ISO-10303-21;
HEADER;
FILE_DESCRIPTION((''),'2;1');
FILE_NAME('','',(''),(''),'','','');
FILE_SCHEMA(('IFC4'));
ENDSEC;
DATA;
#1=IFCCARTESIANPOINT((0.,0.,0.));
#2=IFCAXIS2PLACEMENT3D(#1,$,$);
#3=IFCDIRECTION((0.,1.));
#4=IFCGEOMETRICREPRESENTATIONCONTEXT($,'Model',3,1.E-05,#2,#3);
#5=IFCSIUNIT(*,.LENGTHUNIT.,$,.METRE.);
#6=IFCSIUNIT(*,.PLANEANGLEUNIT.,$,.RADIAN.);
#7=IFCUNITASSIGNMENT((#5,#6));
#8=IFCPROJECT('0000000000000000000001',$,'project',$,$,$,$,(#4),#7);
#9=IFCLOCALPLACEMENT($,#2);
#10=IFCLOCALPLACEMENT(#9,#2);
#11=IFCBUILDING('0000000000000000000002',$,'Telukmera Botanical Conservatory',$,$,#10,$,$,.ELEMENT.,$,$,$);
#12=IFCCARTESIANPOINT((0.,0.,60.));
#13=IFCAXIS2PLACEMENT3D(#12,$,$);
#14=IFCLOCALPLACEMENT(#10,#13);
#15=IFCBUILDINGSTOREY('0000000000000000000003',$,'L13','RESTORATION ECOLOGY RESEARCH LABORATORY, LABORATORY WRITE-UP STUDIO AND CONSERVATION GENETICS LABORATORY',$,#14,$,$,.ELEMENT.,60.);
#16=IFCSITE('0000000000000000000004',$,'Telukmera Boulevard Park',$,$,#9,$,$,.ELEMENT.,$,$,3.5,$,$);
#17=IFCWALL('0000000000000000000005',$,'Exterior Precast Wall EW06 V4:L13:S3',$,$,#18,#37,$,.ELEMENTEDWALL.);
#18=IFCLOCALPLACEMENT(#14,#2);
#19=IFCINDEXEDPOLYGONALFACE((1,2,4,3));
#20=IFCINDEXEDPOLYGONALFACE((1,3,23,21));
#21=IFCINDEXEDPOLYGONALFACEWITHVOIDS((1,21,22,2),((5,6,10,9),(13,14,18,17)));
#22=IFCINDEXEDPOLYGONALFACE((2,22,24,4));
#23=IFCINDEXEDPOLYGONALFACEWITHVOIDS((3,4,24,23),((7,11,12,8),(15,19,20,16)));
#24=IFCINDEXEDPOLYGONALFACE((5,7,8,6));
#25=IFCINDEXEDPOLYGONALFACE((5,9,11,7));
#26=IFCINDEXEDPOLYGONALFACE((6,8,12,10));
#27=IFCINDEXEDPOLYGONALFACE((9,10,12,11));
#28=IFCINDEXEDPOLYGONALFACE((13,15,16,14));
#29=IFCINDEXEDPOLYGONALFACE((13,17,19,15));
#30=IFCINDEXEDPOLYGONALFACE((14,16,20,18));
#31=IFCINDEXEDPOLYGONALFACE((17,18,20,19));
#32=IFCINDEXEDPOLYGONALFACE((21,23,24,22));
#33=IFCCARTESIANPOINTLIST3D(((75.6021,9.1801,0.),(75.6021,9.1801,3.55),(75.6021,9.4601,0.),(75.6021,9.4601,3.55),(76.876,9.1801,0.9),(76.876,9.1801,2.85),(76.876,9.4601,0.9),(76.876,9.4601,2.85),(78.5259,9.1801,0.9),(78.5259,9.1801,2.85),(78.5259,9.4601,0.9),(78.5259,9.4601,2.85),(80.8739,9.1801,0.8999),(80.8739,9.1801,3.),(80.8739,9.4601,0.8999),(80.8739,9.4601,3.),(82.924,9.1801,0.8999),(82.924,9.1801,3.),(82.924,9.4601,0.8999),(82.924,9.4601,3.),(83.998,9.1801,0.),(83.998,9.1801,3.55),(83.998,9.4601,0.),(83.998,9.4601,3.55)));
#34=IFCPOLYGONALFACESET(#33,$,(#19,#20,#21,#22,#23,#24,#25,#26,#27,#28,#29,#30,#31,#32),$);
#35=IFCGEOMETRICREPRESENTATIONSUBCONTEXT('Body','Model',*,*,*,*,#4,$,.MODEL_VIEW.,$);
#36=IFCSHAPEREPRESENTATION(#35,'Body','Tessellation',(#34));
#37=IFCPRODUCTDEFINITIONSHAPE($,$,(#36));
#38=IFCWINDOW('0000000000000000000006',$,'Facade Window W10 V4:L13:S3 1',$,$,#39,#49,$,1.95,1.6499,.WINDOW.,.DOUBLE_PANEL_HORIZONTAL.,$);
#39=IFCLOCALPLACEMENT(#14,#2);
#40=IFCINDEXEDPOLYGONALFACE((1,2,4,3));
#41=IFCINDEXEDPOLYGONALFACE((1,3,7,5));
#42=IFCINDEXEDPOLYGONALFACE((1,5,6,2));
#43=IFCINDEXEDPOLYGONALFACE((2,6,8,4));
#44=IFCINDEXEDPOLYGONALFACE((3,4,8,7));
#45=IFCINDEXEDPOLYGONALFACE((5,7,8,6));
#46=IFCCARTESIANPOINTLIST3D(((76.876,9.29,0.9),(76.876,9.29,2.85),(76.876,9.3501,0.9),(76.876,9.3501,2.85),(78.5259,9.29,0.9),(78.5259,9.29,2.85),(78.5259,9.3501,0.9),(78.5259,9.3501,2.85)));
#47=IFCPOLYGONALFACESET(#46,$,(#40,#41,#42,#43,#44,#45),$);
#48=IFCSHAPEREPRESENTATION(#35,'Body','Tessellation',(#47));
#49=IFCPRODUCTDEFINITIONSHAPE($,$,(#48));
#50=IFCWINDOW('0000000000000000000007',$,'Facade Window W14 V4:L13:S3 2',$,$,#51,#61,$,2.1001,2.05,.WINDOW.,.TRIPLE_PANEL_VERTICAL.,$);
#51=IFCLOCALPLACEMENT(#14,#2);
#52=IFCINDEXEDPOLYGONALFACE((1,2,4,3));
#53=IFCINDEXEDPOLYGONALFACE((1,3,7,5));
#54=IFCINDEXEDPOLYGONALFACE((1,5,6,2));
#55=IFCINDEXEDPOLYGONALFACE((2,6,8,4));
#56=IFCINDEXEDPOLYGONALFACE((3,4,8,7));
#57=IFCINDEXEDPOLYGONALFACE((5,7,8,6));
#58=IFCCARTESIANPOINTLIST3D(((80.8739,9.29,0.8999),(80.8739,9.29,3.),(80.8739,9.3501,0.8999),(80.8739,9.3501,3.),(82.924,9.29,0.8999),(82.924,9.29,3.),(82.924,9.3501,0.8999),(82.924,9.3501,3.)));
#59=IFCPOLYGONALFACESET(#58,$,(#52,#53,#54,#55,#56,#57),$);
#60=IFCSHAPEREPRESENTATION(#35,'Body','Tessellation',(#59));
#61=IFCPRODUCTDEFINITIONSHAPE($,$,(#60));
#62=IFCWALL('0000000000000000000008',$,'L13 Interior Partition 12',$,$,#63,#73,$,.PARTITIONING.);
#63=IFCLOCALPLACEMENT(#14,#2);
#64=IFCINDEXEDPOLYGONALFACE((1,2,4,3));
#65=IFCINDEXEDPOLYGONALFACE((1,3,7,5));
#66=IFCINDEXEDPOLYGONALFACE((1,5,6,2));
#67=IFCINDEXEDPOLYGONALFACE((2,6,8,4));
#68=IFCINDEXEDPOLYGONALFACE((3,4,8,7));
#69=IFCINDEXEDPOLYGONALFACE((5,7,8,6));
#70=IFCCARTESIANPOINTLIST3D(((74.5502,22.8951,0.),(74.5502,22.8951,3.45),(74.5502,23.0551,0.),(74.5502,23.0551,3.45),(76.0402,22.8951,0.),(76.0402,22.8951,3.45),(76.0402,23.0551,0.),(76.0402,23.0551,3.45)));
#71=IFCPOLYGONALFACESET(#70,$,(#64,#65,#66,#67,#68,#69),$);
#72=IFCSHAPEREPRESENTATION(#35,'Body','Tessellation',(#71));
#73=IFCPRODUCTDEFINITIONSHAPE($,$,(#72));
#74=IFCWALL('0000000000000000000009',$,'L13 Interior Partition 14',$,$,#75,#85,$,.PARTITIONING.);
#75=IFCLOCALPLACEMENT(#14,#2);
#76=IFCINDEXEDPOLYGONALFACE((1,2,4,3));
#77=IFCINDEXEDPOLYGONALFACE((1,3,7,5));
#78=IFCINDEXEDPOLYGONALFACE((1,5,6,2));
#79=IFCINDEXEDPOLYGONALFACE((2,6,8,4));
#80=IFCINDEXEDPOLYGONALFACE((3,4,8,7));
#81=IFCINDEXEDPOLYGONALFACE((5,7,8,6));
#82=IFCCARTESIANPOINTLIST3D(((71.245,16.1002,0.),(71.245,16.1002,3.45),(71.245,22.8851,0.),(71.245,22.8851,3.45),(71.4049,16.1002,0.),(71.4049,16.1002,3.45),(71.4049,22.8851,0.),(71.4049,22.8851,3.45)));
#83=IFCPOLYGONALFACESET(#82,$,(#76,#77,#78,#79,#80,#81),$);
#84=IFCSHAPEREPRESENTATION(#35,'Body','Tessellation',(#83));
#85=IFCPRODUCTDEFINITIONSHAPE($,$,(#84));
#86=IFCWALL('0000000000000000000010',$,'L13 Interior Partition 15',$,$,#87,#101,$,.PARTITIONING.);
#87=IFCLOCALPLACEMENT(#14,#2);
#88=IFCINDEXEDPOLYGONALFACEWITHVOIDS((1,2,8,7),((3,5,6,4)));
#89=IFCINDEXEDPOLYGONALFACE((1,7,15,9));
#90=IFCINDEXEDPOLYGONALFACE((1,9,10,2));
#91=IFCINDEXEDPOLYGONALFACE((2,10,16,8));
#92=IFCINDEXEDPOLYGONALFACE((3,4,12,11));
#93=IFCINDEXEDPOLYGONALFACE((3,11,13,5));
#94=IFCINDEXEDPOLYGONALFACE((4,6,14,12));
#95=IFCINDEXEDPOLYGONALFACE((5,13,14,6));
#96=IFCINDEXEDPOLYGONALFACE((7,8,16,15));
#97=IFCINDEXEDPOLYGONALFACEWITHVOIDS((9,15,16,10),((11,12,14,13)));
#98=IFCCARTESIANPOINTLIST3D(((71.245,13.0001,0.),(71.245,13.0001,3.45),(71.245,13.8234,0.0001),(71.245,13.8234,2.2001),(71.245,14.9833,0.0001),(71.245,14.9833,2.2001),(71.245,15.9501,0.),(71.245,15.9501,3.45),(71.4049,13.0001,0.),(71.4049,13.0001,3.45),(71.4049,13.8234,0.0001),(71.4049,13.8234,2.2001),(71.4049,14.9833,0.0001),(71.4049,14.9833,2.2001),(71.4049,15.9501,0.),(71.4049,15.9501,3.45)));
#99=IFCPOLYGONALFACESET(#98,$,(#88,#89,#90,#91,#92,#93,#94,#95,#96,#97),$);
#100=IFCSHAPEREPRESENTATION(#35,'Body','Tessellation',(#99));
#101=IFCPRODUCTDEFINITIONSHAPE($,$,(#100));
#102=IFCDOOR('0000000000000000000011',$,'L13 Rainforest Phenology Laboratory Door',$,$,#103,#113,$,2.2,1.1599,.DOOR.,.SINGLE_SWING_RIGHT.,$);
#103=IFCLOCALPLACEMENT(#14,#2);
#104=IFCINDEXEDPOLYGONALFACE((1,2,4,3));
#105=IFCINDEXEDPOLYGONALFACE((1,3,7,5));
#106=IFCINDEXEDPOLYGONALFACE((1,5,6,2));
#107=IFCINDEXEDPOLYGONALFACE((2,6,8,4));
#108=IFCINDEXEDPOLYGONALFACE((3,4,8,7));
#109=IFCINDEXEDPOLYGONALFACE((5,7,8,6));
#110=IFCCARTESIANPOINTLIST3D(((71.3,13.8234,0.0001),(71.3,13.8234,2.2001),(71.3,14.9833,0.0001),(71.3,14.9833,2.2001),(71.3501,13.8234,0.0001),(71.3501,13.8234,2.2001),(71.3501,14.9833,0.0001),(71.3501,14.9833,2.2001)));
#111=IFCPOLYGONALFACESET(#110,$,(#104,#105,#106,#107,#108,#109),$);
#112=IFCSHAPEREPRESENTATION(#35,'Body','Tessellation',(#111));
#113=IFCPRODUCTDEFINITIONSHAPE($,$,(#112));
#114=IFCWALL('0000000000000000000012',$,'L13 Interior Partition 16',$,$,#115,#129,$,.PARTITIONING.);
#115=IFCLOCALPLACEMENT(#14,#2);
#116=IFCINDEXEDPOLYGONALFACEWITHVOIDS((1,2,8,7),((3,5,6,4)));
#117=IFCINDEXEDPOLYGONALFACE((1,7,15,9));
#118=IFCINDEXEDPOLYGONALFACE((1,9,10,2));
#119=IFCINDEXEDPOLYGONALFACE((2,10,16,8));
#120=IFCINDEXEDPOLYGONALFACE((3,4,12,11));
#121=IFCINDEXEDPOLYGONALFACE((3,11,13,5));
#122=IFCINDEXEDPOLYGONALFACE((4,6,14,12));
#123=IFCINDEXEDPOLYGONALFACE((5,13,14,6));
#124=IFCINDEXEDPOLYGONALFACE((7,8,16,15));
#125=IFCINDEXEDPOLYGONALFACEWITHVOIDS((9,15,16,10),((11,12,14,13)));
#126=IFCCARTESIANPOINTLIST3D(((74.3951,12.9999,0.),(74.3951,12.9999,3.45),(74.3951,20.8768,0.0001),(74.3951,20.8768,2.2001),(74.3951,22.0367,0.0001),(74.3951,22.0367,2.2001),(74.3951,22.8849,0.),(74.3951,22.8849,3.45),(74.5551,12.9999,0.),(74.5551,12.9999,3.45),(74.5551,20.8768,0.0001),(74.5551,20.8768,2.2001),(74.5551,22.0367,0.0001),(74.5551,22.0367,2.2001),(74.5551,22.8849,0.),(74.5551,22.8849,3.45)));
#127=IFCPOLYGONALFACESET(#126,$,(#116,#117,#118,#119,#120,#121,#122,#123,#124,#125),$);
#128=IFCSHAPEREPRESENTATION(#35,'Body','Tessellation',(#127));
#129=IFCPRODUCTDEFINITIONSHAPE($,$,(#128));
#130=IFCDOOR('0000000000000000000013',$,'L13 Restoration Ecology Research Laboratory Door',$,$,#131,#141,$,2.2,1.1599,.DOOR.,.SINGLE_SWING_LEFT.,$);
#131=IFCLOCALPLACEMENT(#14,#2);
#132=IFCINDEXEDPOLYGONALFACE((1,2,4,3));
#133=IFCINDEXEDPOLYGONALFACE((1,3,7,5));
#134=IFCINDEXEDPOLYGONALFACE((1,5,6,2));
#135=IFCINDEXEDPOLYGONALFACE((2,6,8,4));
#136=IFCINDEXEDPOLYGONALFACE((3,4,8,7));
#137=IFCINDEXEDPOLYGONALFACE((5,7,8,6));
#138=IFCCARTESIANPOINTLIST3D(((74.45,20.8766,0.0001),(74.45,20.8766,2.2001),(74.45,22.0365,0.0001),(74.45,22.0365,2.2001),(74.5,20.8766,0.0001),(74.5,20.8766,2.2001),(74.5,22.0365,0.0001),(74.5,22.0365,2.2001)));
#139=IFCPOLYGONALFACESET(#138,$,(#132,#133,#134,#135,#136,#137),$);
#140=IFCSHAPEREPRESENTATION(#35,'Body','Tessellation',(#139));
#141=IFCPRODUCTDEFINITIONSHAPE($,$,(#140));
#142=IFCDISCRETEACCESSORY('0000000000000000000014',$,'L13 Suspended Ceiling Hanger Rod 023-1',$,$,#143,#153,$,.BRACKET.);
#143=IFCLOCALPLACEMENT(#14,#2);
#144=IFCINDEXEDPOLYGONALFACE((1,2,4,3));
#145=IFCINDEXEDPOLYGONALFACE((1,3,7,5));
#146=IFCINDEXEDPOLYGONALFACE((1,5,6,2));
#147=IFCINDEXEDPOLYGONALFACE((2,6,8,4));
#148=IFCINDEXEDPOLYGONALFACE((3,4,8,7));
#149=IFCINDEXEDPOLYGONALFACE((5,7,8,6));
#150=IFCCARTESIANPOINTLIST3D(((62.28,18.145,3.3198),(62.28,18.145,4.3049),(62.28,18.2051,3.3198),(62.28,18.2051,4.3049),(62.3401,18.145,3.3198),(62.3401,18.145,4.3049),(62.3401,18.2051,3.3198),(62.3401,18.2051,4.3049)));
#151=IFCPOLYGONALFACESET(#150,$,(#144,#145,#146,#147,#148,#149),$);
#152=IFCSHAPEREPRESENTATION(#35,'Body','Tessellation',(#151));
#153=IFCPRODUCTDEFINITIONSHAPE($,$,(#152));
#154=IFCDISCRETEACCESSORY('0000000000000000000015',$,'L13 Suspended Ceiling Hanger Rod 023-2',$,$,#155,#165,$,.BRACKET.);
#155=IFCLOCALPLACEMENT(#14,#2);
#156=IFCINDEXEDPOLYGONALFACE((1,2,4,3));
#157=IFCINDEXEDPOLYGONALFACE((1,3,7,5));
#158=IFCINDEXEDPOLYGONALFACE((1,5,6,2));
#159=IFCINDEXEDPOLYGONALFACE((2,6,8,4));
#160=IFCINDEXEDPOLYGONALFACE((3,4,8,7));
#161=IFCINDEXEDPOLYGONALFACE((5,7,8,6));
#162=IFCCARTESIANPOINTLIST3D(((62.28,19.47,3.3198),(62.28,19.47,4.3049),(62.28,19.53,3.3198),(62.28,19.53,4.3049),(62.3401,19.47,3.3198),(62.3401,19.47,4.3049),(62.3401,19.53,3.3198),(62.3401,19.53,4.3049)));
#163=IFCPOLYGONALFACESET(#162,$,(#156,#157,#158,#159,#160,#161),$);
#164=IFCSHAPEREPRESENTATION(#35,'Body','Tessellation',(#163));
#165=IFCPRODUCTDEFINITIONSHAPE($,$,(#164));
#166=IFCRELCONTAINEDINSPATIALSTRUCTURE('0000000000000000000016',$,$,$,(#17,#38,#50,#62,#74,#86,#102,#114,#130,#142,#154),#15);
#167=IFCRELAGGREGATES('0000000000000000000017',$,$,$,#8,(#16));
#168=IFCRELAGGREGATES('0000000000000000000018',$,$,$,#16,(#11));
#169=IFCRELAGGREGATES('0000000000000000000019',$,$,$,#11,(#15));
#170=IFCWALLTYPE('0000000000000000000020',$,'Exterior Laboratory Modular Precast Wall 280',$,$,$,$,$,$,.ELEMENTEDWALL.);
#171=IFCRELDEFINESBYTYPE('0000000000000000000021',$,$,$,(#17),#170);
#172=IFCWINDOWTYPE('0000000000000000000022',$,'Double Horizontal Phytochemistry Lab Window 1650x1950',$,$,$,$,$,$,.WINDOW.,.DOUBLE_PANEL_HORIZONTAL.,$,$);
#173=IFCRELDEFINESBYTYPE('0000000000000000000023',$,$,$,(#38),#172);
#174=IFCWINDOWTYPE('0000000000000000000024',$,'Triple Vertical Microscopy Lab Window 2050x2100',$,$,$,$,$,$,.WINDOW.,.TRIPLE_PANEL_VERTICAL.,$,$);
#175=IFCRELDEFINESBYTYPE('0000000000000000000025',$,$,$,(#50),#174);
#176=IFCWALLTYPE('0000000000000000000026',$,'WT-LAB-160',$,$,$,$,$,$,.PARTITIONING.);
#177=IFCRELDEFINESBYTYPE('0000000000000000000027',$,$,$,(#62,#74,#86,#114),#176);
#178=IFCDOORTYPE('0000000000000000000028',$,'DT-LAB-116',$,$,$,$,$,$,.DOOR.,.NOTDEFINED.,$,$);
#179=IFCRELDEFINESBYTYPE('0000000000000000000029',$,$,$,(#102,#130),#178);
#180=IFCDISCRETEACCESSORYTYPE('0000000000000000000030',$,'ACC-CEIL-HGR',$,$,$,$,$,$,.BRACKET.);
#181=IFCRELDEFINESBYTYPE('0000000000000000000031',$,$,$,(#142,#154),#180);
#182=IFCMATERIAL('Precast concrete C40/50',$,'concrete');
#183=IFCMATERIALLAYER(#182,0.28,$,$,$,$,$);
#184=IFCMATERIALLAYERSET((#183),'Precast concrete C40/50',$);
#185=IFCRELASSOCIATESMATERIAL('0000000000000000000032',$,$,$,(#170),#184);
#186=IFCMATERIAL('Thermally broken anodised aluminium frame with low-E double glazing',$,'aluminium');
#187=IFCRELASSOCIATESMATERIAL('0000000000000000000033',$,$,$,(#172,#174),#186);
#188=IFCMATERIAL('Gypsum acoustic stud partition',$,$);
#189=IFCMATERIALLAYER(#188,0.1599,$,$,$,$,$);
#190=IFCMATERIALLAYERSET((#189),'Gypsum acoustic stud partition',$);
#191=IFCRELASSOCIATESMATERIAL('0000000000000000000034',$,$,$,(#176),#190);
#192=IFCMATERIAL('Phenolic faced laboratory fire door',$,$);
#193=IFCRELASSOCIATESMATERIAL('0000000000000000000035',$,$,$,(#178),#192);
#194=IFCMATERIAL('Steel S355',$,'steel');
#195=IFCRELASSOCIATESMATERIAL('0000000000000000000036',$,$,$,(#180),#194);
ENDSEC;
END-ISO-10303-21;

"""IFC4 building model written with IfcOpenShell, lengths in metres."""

from ifc_helpers import new_model, si_unit, direction, frame, frame_2d, origin, origin_2d, place, context, subcontext, project, spatial, rectangle, extrude, material, layer, layer_set, type_object, element, fill, save


model = new_model("IFC4")

# Units and contexts
model_context = context("Model", 3, precision=1e-05, world=origin(), true_north=direction((0.0, 1.0)))
body_context = subcontext(model_context, "Body", "Model", "MODEL_VIEW")
ifc_project = project(units=[si_unit("LENGTHUNIT", "METRE"), si_unit("PLANEANGLEUNIT", "RADIAN")], contexts=[model_context])

# Site, building, storey
site_placement = place(None, origin())
site = spatial("IfcSite", under=ifc_project, at=site_placement, Name="Telukmera Boulevard Park", CompositionType="ELEMENT", RefElevation=3.5)
building_placement = place(site_placement, origin())
building = spatial("IfcBuilding", under=site, at=building_placement, Name="Telukmera Botanical Conservatory", CompositionType="ELEMENT")
storey_placement = place(building_placement, frame((0.0, 0.0, 60.0)))
storey = spatial("IfcBuildingStorey", under=building, at=storey_placement, Name="L13", Description="RESTORATION ECOLOGY RESEARCH LABORATORY, LABORATORY WRITE-UP STUDIO AND CONSERVATION GENETICS LABORATORY", CompositionType="ELEMENT", Elevation=60.0)

# Shared definitions
ifc_material_1 = material(Name="Precast concrete C40/50", Category="concrete")

# Wall, openings, windows
ifc_layer_1 = layer(ifc_material_1, 0.28)
ifc_layer_set_1 = layer_set([ifc_layer_1], Name="Precast concrete C40/50")
wall_type_1 = type_object("IfcWallType", Name="Exterior Laboratory Modular Precast Wall 280", PredefinedType="ELEMENTEDWALL", material=ifc_layer_set_1)
wall_1_placement = place(storey_placement, frame((75.6021, 9.3201, 0.0), z_axis=(0.0, 0.0, 1.0), x_axis=(1.0, 0.0, 0.0)))
wall_1 = element("IfcWall", 1, at=wall_1_placement, inside=storey, type_object=wall_type_1, Name="Exterior Precast Wall EW06 V4:L13:S3", PredefinedType="ELEMENTEDWALL", context=body_context, shape_type="SweptSolid", body=[
    extrude(rectangle(XDim=8.396, YDim=0.28, at=frame_2d((4.198, 0.0))), origin(), (0.0, 0.0, 1.0), 3.55),
])
opening_1_placement = place(wall_1_placement, frame((1.2739, 0.0, 0.8999)))
opening_1 = element("IfcOpeningElement", 2, at=opening_1_placement, cuts=wall_1, PredefinedType="OPENING", context=body_context, shape_type="SweptSolid", body=[
    extrude(rectangle(XDim=1.6499, YDim=1.95, at=frame_2d((0.825, 0.9751))), frame((0.0, 0.1499, 0.0), z_axis=(0.0, -1.0, 0.0), x_axis=(1.0, 0.0, 0.0)), (0.0, 0.0, 1.0), 0.3),
])
opening_2_placement = place(wall_1_placement, frame((5.272, 0.0, 0.8999)))
opening_2 = element("IfcOpeningElement", 3, at=opening_2_placement, cuts=wall_1, PredefinedType="OPENING", context=body_context, shape_type="SweptSolid", body=[
    extrude(rectangle(XDim=2.05, YDim=2.1001, at=frame_2d((1.0249, 1.05))), frame((0.0, 0.1499, 0.0), z_axis=(0.0, -1.0, 0.0), x_axis=(1.0, 0.0, 0.0)), (0.0, 0.0, 1.0), 0.3),
])
ifc_material_2 = material(Name="Thermally broken anodised aluminium frame with low-E double glazing", Category="aluminium")
window_type_1 = type_object("IfcWindowType", Name="Double Horizontal Phytochemistry Lab Window 1650x1950", PartitioningType="DOUBLE_PANEL_HORIZONTAL", PredefinedType="WINDOW", material=ifc_material_2)
window_1_placement = place(opening_1_placement, origin())
window_1 = element("IfcWindow", 4, at=window_1_placement, inside=storey, type_object=window_type_1, Name="Facade Window W10 V4:L13:S3 1", OverallHeight=1.95, OverallWidth=1.6499, PartitioningType="DOUBLE_PANEL_HORIZONTAL", PredefinedType="WINDOW", context=body_context, shape_type="SweptSolid", body=[
    extrude(rectangle(XDim=1.6499, YDim=1.95, at=frame_2d((0.825, 0.9751))), frame((0.0, 0.03, 0.0), z_axis=(0.0, -1.0, 0.0), x_axis=(1.0, 0.0, 0.0)), (0.0, 0.0, 1.0), 0.0601),
])
fill(opening_1, window_1)
window_type_2 = type_object("IfcWindowType", Name="Triple Vertical Microscopy Lab Window 2050x2100", PartitioningType="TRIPLE_PANEL_VERTICAL", PredefinedType="WINDOW", material=ifc_material_2)
window_2_placement = place(opening_2_placement, origin())
window_2 = element("IfcWindow", 5, at=window_2_placement, inside=storey, type_object=window_type_2, Name="Facade Window W14 V4:L13:S3 2", OverallHeight=2.1001, OverallWidth=2.05, PartitioningType="TRIPLE_PANEL_VERTICAL", PredefinedType="WINDOW", context=body_context, shape_type="SweptSolid", body=[
    extrude(rectangle(XDim=2.05, YDim=2.1001, at=frame_2d((1.0249, 1.05))), frame((0.0, 0.03, 0.0), z_axis=(0.0, -1.0, 0.0), x_axis=(1.0, 0.0, 0.0)), (0.0, 0.0, 1.0), 0.0601),
])
fill(opening_2, window_2)

# Walls
ifc_material_3 = material(Name="Gypsum acoustic stud partition")
ifc_layer_2 = layer(ifc_material_3, 0.1599)
ifc_layer_set_2 = layer_set([ifc_layer_2], Name="Gypsum acoustic stud partition")
wall_type_2 = type_object("IfcWallType", Name="WT-LAB-160", PredefinedType="PARTITIONING", material=ifc_layer_set_2)
wall_2_placement = place(storey_placement, frame((74.55, 22.9751, 0.0), z_axis=(0.0, 0.0, 1.0), x_axis=(1.0, 0.0, 0.0)))
element("IfcWall", 6, at=wall_2_placement, inside=storey, type_object=wall_type_2, Name="L13 Interior Partition 12", PredefinedType="PARTITIONING", context=body_context, shape_type="SweptSolid", body=[
    extrude(rectangle(XDim=1.49, YDim=0.1599, at=frame_2d((0.7451, 0.0))), origin(), (0.0, 0.0, 1.0), 3.45),
])
wall_3_placement = place(storey_placement, frame((71.325, 16.1001, 0.0), z_axis=(0.0, 0.0, 1.0), x_axis=(0.0, 1.0, 0.0)))
element("IfcWall", 7, at=wall_3_placement, inside=storey, type_object=wall_type_2, Name="L13 Interior Partition 14", PredefinedType="PARTITIONING", context=body_context, shape_type="SweptSolid", body=[
    extrude(rectangle(XDim=6.7849, YDim=0.1599, at=frame_2d((3.3926, 0.0))), origin(), (0.0, 0.0, 1.0), 3.45),
])

# Walls, openings, doors
wall_4_placement = place(storey_placement, frame((71.325, 13.0, 0.0), z_axis=(0.0, 0.0, 1.0), x_axis=(0.0, 1.0, 0.0)))
wall_4 = element("IfcWall", 8, at=wall_4_placement, inside=storey, type_object=wall_type_2, Name="L13 Interior Partition 15", PredefinedType="PARTITIONING", context=body_context, shape_type="SweptSolid", body=[
    extrude(rectangle(XDim=2.95, YDim=0.1599, at=frame_2d((1.4751, 0.0))), origin(), (0.0, 0.0, 1.0), 3.45),
])
opening_3_placement = place(wall_4_placement, frame((0.8232, 0.0, 0.0)))
opening_3 = element("IfcOpeningElement", 9, at=opening_3_placement, cuts=wall_4, PredefinedType="OPENING", context=body_context, shape_type="SweptSolid", body=[
    extrude(rectangle(XDim=1.1599, YDim=2.2, at=frame_2d((0.5801, 1.1001))), frame((0.0, 0.0898, 0.0), z_axis=(0.0, -1.0, 0.0), x_axis=(1.0, 0.0, 0.0)), (0.0, 0.0, 1.0), 0.1799),
])
ifc_material_4 = material(Name="Phenolic faced laboratory fire door")
door_type = type_object("IfcDoorType", Name="DT-LAB-116", OperationType="NOTDEFINED", PredefinedType="DOOR", material=ifc_material_4)
door_1_placement = place(opening_3_placement, origin())
door_1 = element("IfcDoor", 10, at=door_1_placement, inside=storey, type_object=door_type, Name="L13 Rainforest Phenology Laboratory Door", OperationType="SINGLE_SWING_RIGHT", OverallHeight=2.2, OverallWidth=1.1599, PredefinedType="DOOR", context=body_context, shape_type="SweptSolid", body=[
    extrude(rectangle(XDim=1.1599, YDim=2.2, at=frame_2d((0.5801, 1.1001))), frame((0.0, 0.0249, 0.0), z_axis=(0.0, -1.0, 0.0), x_axis=(1.0, 0.0, 0.0)), (0.0, 0.0, 1.0), 0.05),
])
fill(opening_3, door_1)
wall_5_placement = place(storey_placement, frame((74.4751, 13.0, 0.0), z_axis=(0.0, 0.0, 1.0), x_axis=(0.0, 1.0, 0.0)))
wall_5 = element("IfcWall", 11, at=wall_5_placement, inside=storey, type_object=wall_type_2, Name="L13 Interior Partition 16", PredefinedType="PARTITIONING", context=body_context, shape_type="SweptSolid", body=[
    extrude(rectangle(XDim=9.885, YDim=0.1599, at=frame_2d((4.9424, 0.0))), origin(), (0.0, 0.0, 1.0), 3.45),
])
opening_4_placement = place(wall_5_placement, frame((7.8767, 0.0, 0.0)))
opening_4 = element("IfcOpeningElement", 12, at=opening_4_placement, cuts=wall_5, PredefinedType="OPENING", context=body_context, shape_type="SweptSolid", body=[
    extrude(rectangle(XDim=1.1599, YDim=2.2, at=frame_2d((0.5801, 1.1001))), frame((0.0, 0.0898, 0.0), z_axis=(0.0, -1.0, 0.0), x_axis=(1.0, 0.0, 0.0)), (0.0, 0.0, 1.0), 0.1799),
])
door_2_placement = place(opening_4_placement, frame((1.1599, 0.0, 0.0), z_axis=(0.0, 0.0, 1.0), x_axis=(-1.0, 0.0, 0.0)))
door_2 = element("IfcDoor", 13, at=door_2_placement, inside=storey, type_object=door_type, Name="L13 Restoration Ecology Research Laboratory Door", OperationType="SINGLE_SWING_LEFT", OverallHeight=2.2, OverallWidth=1.1599, PredefinedType="DOOR", context=body_context, shape_type="SweptSolid", body=[
    extrude(rectangle(XDim=1.1599, YDim=2.2, at=frame_2d((0.5801, 1.1001))), frame((0.0, 0.0249, 0.0), z_axis=(0.0, -1.0, 0.0), x_axis=(1.0, 0.0, 0.0)), (0.0, 0.0, 1.0), 0.05),
])
fill(opening_4, door_2)

# Discrete accessories
ifc_material_5 = material(Name="Steel S355", Category="steel")
discrete_accessory_type = type_object("IfcDiscreteAccessoryType", Name="ACC-CEIL-HGR", PredefinedType="BRACKET", material=ifc_material_5)
for number, where, z_axis, x_axis, name in (
    (14, (62.3101, 18.175, 3.3198), (0.0, 0.0, 1.0), (1.0, 0.0, 0.0), "L13 Suspended Ceiling Hanger Rod 023-1"),
    (15, (62.3101, 19.5, 3.3198), (0.0, 0.0, 1.0), (1.0, 0.0, 0.0), "L13 Suspended Ceiling Hanger Rod 023-2"),
):
    element("IfcDiscreteAccessory", number, at=place(storey_placement, frame(where, z_axis=z_axis, x_axis=x_axis)), inside=storey, type_object=discrete_accessory_type, Name=name, PredefinedType="BRACKET", context=body_context, shape_type="SweptSolid", body=[
        extrude(rectangle(XDim=0.0601, YDim=0.0601, at=origin_2d()), origin(), (0.0, 0.0, 1.0), 0.9851),
    ])

save(model, "model.ifc")
